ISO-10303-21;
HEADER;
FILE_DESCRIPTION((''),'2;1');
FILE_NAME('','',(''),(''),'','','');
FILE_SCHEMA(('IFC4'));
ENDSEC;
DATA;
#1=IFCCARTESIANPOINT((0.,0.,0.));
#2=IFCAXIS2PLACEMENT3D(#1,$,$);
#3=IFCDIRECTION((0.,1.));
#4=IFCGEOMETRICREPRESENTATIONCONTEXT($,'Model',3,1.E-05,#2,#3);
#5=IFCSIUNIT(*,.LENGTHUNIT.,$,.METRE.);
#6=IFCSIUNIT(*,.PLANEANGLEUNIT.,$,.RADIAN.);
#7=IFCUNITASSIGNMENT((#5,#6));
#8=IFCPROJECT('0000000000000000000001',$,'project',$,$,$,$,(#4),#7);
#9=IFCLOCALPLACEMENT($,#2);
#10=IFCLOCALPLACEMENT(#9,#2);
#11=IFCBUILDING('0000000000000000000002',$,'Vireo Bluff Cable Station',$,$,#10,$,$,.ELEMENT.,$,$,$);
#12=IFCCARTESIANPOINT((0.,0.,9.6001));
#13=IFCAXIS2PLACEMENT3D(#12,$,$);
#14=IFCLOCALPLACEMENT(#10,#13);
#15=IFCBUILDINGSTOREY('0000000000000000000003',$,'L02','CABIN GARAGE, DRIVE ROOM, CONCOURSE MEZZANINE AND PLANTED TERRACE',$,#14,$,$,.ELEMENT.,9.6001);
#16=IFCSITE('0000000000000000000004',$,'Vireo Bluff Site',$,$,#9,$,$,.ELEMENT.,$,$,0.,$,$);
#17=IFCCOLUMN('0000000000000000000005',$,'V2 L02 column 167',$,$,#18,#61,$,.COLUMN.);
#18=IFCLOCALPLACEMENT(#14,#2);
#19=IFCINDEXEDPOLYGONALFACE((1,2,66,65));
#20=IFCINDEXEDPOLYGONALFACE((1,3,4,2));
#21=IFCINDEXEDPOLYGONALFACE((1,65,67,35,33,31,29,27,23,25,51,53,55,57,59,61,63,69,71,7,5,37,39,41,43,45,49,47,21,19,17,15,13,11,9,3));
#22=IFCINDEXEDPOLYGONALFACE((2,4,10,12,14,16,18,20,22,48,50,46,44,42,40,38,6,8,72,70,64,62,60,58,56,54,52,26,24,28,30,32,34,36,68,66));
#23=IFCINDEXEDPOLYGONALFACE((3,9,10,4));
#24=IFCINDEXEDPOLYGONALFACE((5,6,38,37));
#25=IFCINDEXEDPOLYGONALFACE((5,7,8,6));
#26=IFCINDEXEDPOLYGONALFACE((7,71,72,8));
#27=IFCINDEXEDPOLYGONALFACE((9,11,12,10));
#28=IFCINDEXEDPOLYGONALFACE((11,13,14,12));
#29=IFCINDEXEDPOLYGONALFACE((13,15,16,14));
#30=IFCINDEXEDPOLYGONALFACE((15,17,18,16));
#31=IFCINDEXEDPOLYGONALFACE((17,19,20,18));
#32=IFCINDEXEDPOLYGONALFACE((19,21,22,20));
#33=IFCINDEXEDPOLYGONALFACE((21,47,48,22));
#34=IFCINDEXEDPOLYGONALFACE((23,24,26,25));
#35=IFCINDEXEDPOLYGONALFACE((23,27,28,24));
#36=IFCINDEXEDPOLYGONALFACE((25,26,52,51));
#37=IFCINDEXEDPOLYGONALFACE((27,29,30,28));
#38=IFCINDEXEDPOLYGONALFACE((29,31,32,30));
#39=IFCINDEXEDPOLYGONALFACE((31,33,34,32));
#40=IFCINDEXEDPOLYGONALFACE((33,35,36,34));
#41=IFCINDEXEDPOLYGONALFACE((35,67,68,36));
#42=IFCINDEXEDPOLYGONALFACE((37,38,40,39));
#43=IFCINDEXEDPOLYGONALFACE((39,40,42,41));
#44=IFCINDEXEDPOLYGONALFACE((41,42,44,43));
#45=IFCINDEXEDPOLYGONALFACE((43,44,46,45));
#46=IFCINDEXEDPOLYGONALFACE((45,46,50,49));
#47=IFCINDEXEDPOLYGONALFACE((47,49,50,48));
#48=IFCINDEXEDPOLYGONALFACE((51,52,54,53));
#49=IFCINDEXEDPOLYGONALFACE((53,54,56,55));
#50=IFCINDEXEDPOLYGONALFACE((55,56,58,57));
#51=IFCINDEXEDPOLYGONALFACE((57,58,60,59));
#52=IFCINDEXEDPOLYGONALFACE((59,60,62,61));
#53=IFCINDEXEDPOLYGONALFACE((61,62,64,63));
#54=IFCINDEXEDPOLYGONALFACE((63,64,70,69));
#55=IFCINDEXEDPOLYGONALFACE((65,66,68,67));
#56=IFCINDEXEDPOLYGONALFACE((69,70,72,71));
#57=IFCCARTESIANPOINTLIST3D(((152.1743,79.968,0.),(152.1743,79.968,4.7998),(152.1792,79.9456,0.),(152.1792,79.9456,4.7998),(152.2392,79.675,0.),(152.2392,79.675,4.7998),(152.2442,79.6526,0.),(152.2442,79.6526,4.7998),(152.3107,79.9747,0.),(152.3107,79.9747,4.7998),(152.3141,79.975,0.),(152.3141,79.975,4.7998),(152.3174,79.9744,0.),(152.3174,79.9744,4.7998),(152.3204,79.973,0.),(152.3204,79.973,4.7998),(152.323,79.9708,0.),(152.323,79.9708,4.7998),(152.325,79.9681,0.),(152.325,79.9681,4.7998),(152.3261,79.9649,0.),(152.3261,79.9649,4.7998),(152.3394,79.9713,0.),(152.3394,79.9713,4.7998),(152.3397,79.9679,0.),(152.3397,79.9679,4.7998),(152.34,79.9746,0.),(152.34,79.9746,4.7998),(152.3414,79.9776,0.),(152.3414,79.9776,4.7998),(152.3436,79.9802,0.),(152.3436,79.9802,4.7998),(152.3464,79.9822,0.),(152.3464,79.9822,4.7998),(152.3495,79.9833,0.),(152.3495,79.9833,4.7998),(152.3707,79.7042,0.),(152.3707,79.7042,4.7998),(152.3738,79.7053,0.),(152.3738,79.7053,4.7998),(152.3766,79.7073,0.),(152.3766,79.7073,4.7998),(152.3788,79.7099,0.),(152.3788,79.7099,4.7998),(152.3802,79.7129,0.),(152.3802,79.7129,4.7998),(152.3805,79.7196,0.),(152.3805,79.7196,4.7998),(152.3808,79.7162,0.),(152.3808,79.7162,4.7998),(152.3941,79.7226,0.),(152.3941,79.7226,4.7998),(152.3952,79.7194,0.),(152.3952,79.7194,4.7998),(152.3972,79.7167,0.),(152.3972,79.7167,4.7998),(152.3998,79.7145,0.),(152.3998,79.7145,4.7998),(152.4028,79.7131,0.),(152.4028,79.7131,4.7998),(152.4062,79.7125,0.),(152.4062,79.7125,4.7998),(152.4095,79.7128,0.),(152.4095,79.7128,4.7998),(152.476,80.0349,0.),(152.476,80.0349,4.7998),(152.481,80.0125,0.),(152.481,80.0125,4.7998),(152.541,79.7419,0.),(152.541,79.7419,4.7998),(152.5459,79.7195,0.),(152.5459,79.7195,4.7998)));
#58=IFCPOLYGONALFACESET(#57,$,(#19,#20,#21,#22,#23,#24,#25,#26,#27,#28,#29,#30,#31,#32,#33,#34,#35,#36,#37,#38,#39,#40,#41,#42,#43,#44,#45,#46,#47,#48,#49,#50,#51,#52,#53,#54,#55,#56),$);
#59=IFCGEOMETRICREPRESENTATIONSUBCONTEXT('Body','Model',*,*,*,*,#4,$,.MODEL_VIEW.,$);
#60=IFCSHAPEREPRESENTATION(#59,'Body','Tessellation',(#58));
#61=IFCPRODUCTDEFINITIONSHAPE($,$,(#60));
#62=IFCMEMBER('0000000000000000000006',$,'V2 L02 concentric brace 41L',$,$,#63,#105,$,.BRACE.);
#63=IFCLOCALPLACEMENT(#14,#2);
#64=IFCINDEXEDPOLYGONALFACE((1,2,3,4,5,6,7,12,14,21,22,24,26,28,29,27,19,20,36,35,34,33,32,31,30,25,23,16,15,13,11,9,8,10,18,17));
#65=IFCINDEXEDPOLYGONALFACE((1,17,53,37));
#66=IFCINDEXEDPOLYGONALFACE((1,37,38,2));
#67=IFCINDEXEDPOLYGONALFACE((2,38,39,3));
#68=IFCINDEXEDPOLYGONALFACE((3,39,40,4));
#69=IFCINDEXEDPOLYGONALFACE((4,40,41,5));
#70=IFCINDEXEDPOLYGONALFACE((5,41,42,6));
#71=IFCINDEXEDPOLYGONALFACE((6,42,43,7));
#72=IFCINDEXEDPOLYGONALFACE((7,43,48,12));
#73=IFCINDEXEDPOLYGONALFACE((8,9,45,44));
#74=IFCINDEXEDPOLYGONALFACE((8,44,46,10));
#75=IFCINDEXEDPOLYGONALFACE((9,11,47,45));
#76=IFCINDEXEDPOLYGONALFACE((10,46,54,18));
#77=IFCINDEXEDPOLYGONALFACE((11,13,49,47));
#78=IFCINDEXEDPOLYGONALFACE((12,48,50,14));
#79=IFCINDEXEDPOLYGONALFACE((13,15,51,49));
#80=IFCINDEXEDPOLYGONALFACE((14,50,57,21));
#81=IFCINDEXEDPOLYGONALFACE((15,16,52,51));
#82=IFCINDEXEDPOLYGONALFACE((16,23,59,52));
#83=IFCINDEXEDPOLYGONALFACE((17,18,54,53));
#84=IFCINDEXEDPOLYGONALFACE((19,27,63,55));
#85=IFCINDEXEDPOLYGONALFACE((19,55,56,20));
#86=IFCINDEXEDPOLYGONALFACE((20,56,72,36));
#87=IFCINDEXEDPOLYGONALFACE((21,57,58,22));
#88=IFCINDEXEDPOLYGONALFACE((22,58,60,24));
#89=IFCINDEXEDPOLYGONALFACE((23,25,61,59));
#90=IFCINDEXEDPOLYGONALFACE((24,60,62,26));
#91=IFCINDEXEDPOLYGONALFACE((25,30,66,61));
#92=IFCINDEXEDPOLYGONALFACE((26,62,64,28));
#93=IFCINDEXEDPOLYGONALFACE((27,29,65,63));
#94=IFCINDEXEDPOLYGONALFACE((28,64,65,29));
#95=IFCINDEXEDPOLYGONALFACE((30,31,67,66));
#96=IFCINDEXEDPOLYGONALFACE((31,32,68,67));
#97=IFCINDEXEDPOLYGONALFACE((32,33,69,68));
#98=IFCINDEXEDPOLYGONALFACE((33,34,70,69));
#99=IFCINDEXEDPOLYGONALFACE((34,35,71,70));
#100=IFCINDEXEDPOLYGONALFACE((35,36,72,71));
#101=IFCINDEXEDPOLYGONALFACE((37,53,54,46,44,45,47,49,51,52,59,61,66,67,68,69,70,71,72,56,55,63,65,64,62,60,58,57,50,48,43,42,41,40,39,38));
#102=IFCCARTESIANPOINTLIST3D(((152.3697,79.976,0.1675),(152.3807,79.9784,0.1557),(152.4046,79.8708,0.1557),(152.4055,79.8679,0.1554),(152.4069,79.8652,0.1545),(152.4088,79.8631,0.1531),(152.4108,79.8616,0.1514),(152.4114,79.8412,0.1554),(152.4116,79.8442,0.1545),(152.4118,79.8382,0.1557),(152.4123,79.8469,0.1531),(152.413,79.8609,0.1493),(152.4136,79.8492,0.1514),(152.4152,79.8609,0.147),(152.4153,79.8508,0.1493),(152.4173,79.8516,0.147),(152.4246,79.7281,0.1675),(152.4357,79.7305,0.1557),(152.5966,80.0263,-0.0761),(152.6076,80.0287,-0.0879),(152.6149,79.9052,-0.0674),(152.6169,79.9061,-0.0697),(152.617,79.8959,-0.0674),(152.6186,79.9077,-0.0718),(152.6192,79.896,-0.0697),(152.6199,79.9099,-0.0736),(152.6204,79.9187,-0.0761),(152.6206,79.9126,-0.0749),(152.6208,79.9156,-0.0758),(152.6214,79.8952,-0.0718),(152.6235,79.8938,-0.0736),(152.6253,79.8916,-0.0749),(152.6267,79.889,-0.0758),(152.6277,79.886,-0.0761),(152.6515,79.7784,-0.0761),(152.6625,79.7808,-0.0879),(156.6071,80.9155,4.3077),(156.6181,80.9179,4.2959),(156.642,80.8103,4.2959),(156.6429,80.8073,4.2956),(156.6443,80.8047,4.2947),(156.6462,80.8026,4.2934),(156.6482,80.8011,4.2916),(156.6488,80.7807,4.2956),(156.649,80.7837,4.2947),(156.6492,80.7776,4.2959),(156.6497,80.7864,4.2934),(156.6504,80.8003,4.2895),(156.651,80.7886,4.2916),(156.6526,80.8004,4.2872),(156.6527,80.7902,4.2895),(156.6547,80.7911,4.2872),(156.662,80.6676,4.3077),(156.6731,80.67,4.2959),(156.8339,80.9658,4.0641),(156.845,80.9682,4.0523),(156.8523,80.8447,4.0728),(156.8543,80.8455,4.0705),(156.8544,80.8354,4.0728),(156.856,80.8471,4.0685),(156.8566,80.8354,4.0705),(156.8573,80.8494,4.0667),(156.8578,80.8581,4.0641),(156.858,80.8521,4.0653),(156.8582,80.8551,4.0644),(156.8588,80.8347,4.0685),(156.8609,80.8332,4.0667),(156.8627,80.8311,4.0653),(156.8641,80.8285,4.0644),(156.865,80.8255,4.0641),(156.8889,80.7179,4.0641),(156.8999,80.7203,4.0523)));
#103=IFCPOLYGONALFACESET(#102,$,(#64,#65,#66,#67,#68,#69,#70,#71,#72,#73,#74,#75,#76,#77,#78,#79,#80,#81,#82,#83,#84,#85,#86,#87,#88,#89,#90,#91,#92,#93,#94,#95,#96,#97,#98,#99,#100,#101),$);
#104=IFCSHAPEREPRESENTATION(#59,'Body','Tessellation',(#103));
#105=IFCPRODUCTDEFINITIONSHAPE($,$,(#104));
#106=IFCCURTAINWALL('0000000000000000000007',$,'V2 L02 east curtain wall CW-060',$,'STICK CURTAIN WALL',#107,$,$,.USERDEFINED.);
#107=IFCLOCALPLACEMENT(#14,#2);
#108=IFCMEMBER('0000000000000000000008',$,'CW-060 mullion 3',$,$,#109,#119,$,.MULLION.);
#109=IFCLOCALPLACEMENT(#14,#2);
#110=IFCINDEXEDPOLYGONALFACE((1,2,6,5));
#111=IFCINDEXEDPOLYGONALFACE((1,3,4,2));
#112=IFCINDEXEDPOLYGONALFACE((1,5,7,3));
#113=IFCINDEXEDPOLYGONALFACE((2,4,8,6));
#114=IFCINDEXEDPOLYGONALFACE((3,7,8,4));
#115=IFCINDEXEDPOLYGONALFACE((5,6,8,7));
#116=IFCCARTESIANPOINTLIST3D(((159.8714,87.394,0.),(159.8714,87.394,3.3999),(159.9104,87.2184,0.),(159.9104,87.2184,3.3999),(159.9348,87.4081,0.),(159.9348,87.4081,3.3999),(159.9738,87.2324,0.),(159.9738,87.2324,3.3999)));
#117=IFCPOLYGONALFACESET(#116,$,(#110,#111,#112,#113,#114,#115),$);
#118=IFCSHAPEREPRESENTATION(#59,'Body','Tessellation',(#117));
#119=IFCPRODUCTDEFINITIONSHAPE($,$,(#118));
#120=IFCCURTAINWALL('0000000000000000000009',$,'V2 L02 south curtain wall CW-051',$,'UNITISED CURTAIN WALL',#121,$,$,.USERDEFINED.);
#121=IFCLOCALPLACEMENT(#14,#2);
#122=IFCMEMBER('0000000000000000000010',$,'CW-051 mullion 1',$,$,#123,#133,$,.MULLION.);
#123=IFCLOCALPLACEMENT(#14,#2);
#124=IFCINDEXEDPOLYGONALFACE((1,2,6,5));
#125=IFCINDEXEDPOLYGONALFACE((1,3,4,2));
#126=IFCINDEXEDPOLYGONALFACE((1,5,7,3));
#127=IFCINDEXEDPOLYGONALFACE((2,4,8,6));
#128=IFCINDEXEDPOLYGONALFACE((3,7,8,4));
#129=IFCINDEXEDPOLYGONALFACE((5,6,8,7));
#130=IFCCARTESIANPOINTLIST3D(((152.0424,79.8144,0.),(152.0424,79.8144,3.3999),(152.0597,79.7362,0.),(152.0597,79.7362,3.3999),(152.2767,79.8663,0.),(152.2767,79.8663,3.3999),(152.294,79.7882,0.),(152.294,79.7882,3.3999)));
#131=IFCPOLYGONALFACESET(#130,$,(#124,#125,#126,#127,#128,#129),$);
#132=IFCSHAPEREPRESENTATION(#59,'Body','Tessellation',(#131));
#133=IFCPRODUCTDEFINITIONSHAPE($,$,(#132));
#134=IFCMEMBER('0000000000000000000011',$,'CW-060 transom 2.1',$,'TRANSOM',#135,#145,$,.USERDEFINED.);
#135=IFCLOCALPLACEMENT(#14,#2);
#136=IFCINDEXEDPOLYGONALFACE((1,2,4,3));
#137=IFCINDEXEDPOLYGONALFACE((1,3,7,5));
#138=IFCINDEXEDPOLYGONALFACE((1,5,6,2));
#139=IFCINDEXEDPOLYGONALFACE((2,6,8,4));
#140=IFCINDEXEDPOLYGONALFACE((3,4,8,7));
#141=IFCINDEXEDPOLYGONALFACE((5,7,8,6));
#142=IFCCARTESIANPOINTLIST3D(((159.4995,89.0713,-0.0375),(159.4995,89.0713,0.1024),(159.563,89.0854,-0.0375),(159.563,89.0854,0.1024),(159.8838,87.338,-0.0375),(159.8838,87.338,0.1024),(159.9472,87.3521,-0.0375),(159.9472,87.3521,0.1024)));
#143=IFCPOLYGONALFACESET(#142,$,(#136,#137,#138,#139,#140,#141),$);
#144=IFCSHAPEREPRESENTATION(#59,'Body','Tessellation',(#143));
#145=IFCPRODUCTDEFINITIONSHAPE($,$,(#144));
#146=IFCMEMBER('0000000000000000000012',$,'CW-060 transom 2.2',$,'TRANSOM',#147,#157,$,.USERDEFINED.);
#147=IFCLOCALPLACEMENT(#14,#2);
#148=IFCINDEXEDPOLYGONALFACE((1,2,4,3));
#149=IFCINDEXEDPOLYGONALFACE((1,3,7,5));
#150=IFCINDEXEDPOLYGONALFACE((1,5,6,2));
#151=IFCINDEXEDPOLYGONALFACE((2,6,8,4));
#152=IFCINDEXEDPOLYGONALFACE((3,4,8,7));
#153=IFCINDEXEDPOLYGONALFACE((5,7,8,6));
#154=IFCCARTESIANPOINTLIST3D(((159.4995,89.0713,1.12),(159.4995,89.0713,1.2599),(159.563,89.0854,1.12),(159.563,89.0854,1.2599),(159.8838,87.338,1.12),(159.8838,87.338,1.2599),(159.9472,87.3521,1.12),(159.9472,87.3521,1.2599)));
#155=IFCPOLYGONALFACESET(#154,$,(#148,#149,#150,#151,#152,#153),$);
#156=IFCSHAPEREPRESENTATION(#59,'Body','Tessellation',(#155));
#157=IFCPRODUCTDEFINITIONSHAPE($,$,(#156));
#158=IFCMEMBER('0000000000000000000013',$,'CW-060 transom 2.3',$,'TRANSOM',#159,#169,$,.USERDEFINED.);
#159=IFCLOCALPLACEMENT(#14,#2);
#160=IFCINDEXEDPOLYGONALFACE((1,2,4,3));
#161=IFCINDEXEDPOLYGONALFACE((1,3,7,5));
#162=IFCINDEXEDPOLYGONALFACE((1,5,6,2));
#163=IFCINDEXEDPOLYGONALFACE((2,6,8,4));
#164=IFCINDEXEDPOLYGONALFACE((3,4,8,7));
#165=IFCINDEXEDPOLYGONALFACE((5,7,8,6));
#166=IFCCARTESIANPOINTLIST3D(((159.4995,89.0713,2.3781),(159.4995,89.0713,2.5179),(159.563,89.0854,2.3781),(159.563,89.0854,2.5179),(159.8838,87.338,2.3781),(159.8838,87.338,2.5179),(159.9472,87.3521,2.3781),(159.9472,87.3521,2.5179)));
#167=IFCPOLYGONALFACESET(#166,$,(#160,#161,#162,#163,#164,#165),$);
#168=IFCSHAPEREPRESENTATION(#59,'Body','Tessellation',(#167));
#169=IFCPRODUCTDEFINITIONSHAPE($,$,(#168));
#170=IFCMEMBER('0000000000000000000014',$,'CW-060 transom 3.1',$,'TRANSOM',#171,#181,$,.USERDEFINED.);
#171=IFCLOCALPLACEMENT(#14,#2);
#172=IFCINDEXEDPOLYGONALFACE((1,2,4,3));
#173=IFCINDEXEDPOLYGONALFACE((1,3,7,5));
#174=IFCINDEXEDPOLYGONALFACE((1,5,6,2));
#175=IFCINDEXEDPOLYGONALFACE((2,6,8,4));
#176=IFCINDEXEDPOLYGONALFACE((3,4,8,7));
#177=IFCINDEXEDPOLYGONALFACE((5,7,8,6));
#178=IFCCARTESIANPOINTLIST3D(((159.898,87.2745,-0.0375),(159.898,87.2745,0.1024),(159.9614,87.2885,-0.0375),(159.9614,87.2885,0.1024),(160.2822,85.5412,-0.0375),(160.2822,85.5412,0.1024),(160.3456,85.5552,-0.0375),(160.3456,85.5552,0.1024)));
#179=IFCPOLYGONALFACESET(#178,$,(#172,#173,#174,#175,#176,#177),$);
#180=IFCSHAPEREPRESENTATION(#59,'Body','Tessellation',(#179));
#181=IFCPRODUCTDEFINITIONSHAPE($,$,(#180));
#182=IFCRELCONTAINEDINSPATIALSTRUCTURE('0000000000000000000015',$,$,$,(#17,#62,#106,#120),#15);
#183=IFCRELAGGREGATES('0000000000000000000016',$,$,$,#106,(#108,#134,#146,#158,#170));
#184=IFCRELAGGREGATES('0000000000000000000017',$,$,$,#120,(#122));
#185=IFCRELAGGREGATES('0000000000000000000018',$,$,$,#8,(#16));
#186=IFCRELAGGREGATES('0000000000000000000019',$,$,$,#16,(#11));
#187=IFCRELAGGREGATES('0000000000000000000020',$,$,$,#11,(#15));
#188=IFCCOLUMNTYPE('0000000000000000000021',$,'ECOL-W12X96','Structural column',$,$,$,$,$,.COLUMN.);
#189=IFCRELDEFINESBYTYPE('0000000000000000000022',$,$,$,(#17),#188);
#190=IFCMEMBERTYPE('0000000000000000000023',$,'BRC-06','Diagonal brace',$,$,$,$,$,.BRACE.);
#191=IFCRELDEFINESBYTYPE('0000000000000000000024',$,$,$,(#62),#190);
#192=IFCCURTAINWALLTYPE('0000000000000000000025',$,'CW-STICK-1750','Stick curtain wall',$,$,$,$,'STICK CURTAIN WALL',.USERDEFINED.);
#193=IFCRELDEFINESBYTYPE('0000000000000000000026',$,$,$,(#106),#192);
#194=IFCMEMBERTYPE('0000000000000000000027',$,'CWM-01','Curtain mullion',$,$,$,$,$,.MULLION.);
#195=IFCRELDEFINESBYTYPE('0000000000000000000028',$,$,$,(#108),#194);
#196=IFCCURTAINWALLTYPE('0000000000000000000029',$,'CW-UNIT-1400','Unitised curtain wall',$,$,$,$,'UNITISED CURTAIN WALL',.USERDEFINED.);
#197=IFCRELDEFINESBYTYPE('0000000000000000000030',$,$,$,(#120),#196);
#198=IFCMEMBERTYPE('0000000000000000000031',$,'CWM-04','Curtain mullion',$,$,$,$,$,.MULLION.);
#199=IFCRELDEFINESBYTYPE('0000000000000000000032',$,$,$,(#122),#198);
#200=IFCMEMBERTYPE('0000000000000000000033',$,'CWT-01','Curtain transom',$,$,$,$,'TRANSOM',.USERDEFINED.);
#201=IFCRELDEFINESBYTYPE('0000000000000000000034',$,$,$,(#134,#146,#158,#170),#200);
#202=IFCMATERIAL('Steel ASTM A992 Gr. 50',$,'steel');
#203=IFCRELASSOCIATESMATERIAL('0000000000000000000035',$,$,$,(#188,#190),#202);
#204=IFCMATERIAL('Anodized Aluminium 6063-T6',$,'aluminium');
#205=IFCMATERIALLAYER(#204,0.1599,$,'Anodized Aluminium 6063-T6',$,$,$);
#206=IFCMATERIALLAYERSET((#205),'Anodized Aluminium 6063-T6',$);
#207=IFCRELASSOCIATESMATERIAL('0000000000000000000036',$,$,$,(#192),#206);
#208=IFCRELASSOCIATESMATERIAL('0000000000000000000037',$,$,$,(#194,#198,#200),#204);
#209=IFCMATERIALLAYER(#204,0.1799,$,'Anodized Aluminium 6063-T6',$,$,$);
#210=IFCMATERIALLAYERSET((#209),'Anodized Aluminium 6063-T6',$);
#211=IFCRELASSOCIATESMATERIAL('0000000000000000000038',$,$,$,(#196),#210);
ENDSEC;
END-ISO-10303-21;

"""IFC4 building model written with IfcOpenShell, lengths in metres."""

from ifc_helpers import new_model, si_unit, direction, frame, origin, origin_2d, place, context, subcontext, project, spatial, rectangle, i_section, extrude, material, layer, layer_set, material_profile, profile_set, type_object, element, aggregate, save


model = new_model("IFC4")

# Units and contexts
model_context = context("Model", 3, precision=1e-05, world=origin(), true_north=direction((0.0, 1.0)))
body_context = subcontext(model_context, "Body", "Model", "MODEL_VIEW")
ifc_project = project(units=[si_unit("LENGTHUNIT", "METRE"), si_unit("PLANEANGLEUNIT", "RADIAN")], contexts=[model_context])

# Site, building, storey
site_placement = place(None, origin())
site = spatial("IfcSite", under=ifc_project, at=site_placement, Name="Vireo Bluff Site", CompositionType="ELEMENT", RefElevation=0.0)
building_placement = place(site_placement, origin())
building = spatial("IfcBuilding", under=site, at=building_placement, Name="Vireo Bluff Cable Station", CompositionType="ELEMENT")
storey_placement = place(building_placement, frame((0.0, 0.0, 9.6001)))
storey = spatial("IfcBuildingStorey", under=building, at=storey_placement, Name="L02", Description="CABIN GARAGE, DRIVE ROOM, CONCOURSE MEZZANINE AND PLANTED TERRACE", CompositionType="ELEMENT", Elevation=9.6001)

# Column
ifc_material_1 = material(Name="Steel ASTM A992 Gr. 50", Category="steel")
ifc_material_profile_1 = material_profile(ifc_material_1, i_section(OverallWidth=0.3091, OverallDepth=0.323, WebThickness=0.0139, FlangeThickness=0.0229, FilletRadius=0.0129, at=origin_2d()), Name="W12X96")
ifc_profile_set_1 = profile_set([ifc_material_profile_1], Name="Steel ASTM A992 Gr. 50")
column_type = type_object("IfcColumnType", Name="ECOL-W12X96", Description="Structural column", PredefinedType="COLUMN", material=ifc_profile_set_1)
column_placement = place(storey_placement, frame((152.3601, 79.8438, 0.0), z_axis=(0.0, 0.0, 1.0), x_axis=(0.976296, 0.21644, 0.0)))
element("IfcColumn", 1, at=column_placement, inside=storey, type_object=column_type, Name="V2 L02 column 167", PredefinedType="COLUMN", context=body_context, shape_type="SweptSolid", body=[
    extrude(i_section(OverallWidth=0.3091, OverallDepth=0.323, WebThickness=0.0139, FlangeThickness=0.0229, FilletRadius=0.0129, at=origin_2d()), origin(), (0.0, 0.0, 1.0), 4.7998),
])

# Member
ifc_material_profile_2 = material_profile(ifc_material_1, i_section(OverallWidth=0.2539, OverallDepth=0.353, WebThickness=0.0095, FlangeThickness=0.0164, FilletRadius=0.012, at=origin_2d()), Name="W14X61")
ifc_profile_set_2 = profile_set([ifc_material_profile_2], Name="Steel ASTM A992 Gr. 50")
member_type_1 = type_object("IfcMemberType", Name="BRC-06", Description="Diagonal brace", PredefinedType="BRACE", material=ifc_profile_set_2)
member_1_placement = place(storey_placement, frame((152.5161, 79.8784, 0.0398), z_axis=(0.706433, 0.156623, 0.690233), x_axis=(-0.216454, 0.976293, 0.0)))
element("IfcMember", 2, at=member_1_placement, inside=storey, type_object=member_type_1, Name="V2 L02 concentric brace 41L", PredefinedType="BRACE", context=body_context, shape_type="SweptSolid", body=[
    extrude(i_section(OverallWidth=0.2539, OverallDepth=0.353, WebThickness=0.0095, FlangeThickness=0.0164, FilletRadius=0.012, at=origin_2d()), origin(), (0.0, 0.0, 1.0), 5.9983),
])

# Curtain walls, members
ifc_material_2 = material(Name="Anodized Aluminium 6063-T6", Category="aluminium")
ifc_layer_1 = layer(ifc_material_2, 0.1599, Name="Anodized Aluminium 6063-T6")
ifc_layer_set_1 = layer_set([ifc_layer_1], Name="Anodized Aluminium 6063-T6")
curtain_wall_type_1 = type_object("IfcCurtainWallType", Name="CW-STICK-1750", Description="Stick curtain wall", ElementType="STICK CURTAIN WALL", PredefinedType="USERDEFINED", material=ifc_layer_set_1)
curtain_wall_1_placement = place(storey_placement, origin())
curtain_wall_1 = element("IfcCurtainWall", 3, at=curtain_wall_1_placement, inside=storey, type_object=curtain_wall_type_1, Name="V2 L02 east curtain wall CW-060", ObjectType="STICK CURTAIN WALL", PredefinedType="USERDEFINED")
ifc_material_profile_3 = material_profile(ifc_material_2, rectangle(XDim=0.0649, YDim=0.1799, at=origin_2d()), Name="ALU-M-65X180")
ifc_profile_set_3 = profile_set([ifc_material_profile_3], Name="Anodized Aluminium 6063-T6")
member_type_2 = type_object("IfcMemberType", Name="CWM-01", Description="Curtain mullion", PredefinedType="MULLION", material=ifc_profile_set_3)
member_2_placement = place(storey_placement, frame((159.9226, 87.3132, 0.0), z_axis=(0.0, 0.0, 1.0), x_axis=(0.976296, 0.21644, 0.0)))
member_2 = element("IfcMember", 4, at=member_2_placement, type_object=member_type_2, Name="CW-060 mullion 3", PredefinedType="MULLION", context=body_context, shape_type="SweptSolid", body=[
    extrude(rectangle(XDim=0.0649, YDim=0.1799, at=origin_2d()), origin(), (0.0, 0.0, 1.0), 3.3999),
])
ifc_layer_2 = layer(ifc_material_2, 0.1799, Name="Anodized Aluminium 6063-T6")
ifc_layer_set_2 = layer_set([ifc_layer_2], Name="Anodized Aluminium 6063-T6")
curtain_wall_type_2 = type_object("IfcCurtainWallType", Name="CW-UNIT-1400", Description="Unitised curtain wall", ElementType="UNITISED CURTAIN WALL", PredefinedType="USERDEFINED", material=ifc_layer_set_2)
curtain_wall_2_placement = place(storey_placement, origin())
curtain_wall_2 = element("IfcCurtainWall", 5, at=curtain_wall_2_placement, inside=storey, type_object=curtain_wall_type_2, Name="V2 L02 south curtain wall CW-051", ObjectType="UNITISED CURTAIN WALL", PredefinedType="USERDEFINED")
ifc_material_profile_4 = material_profile(ifc_material_2, rectangle(XDim=0.0801, YDim=0.24, at=origin_2d()), Name="ALU-M-80X240")
ifc_profile_set_4 = profile_set([ifc_material_profile_4], Name="Anodized Aluminium 6063-T6")
member_type_3 = type_object("IfcMemberType", Name="CWM-04", Description="Curtain mullion", PredefinedType="MULLION", material=ifc_profile_set_4)
member_3_placement = place(storey_placement, frame((152.1682, 79.8013, 0.0), z_axis=(0.0, 0.0, 1.0), x_axis=(0.21644, -0.976296, 0.0)))
member_3 = element("IfcMember", 6, at=member_3_placement, type_object=member_type_3, Name="CW-051 mullion 1", PredefinedType="MULLION", context=body_context, shape_type="SweptSolid", body=[
    extrude(rectangle(XDim=0.0801, YDim=0.24, at=origin_2d()), origin(), (0.0, 0.0, 1.0), 3.3999),
])

# Members
ifc_material_profile_5 = material_profile(ifc_material_2, rectangle(XDim=0.0649, YDim=0.1399, at=origin_2d()), Name="ALU-T-65X140")
ifc_profile_set_5 = profile_set([ifc_material_profile_5], Name="Anodized Aluminium 6063-T6")
member_type_4 = type_object("IfcMemberType", Name="CWT-01", Description="Curtain transom", ElementType="TRANSOM", PredefinedType="USERDEFINED", material=ifc_profile_set_5)
member_4_placement = place(storey_placement, frame((159.5312, 89.0784, 0.0325), z_axis=(0.216435, -0.976297, 0.0), x_axis=(0.976297, 0.216435, 0.0)))
member_4 = element("IfcMember", 7, at=member_4_placement, type_object=member_type_4, Name="CW-060 transom 2.1", ObjectType="TRANSOM", PredefinedType="USERDEFINED", context=body_context, shape_type="SweptSolid", body=[
    extrude(rectangle(XDim=0.0649, YDim=0.1399, at=origin_2d()), origin(), (0.0, 0.0, 1.0), 1.7754),
])
member_5_placement = place(storey_placement, frame((159.5312, 89.0784, 1.1899), z_axis=(0.216435, -0.976297, 0.0), x_axis=(0.976297, 0.216435, 0.0)))
member_5 = element("IfcMember", 8, at=member_5_placement, type_object=member_type_4, Name="CW-060 transom 2.2", ObjectType="TRANSOM", PredefinedType="USERDEFINED", context=body_context, shape_type="SweptSolid", body=[
    extrude(rectangle(XDim=0.0649, YDim=0.1399, at=origin_2d()), origin(), (0.0, 0.0, 1.0), 1.7754),
])
member_6_placement = place(storey_placement, frame((159.5312, 89.0784, 2.448), z_axis=(0.216435, -0.976297, 0.0), x_axis=(0.976297, 0.216435, 0.0)))
member_6 = element("IfcMember", 9, at=member_6_placement, type_object=member_type_4, Name="CW-060 transom 2.3", ObjectType="TRANSOM", PredefinedType="USERDEFINED", context=body_context, shape_type="SweptSolid", body=[
    extrude(rectangle(XDim=0.0649, YDim=0.1399, at=origin_2d()), origin(), (0.0, 0.0, 1.0), 1.7754),
])
member_7_placement = place(storey_placement, frame((159.9297, 87.2815, 0.0325), z_axis=(0.216435, -0.976297, 0.0), x_axis=(0.976297, 0.216435, 0.0)))
member_7 = element("IfcMember", 10, at=member_7_placement, type_object=member_type_4, Name="CW-060 transom 3.1", ObjectType="TRANSOM", PredefinedType="USERDEFINED", context=body_context, shape_type="SweptSolid", body=[
    extrude(rectangle(XDim=0.0649, YDim=0.1399, at=origin_2d()), origin(), (0.0, 0.0, 1.0), 1.7754),
])

aggregate(curtain_wall_1, [member_2, member_4, member_5, member_6, member_7])
aggregate(curtain_wall_2, [member_3])

save(model, "model.ifc")
